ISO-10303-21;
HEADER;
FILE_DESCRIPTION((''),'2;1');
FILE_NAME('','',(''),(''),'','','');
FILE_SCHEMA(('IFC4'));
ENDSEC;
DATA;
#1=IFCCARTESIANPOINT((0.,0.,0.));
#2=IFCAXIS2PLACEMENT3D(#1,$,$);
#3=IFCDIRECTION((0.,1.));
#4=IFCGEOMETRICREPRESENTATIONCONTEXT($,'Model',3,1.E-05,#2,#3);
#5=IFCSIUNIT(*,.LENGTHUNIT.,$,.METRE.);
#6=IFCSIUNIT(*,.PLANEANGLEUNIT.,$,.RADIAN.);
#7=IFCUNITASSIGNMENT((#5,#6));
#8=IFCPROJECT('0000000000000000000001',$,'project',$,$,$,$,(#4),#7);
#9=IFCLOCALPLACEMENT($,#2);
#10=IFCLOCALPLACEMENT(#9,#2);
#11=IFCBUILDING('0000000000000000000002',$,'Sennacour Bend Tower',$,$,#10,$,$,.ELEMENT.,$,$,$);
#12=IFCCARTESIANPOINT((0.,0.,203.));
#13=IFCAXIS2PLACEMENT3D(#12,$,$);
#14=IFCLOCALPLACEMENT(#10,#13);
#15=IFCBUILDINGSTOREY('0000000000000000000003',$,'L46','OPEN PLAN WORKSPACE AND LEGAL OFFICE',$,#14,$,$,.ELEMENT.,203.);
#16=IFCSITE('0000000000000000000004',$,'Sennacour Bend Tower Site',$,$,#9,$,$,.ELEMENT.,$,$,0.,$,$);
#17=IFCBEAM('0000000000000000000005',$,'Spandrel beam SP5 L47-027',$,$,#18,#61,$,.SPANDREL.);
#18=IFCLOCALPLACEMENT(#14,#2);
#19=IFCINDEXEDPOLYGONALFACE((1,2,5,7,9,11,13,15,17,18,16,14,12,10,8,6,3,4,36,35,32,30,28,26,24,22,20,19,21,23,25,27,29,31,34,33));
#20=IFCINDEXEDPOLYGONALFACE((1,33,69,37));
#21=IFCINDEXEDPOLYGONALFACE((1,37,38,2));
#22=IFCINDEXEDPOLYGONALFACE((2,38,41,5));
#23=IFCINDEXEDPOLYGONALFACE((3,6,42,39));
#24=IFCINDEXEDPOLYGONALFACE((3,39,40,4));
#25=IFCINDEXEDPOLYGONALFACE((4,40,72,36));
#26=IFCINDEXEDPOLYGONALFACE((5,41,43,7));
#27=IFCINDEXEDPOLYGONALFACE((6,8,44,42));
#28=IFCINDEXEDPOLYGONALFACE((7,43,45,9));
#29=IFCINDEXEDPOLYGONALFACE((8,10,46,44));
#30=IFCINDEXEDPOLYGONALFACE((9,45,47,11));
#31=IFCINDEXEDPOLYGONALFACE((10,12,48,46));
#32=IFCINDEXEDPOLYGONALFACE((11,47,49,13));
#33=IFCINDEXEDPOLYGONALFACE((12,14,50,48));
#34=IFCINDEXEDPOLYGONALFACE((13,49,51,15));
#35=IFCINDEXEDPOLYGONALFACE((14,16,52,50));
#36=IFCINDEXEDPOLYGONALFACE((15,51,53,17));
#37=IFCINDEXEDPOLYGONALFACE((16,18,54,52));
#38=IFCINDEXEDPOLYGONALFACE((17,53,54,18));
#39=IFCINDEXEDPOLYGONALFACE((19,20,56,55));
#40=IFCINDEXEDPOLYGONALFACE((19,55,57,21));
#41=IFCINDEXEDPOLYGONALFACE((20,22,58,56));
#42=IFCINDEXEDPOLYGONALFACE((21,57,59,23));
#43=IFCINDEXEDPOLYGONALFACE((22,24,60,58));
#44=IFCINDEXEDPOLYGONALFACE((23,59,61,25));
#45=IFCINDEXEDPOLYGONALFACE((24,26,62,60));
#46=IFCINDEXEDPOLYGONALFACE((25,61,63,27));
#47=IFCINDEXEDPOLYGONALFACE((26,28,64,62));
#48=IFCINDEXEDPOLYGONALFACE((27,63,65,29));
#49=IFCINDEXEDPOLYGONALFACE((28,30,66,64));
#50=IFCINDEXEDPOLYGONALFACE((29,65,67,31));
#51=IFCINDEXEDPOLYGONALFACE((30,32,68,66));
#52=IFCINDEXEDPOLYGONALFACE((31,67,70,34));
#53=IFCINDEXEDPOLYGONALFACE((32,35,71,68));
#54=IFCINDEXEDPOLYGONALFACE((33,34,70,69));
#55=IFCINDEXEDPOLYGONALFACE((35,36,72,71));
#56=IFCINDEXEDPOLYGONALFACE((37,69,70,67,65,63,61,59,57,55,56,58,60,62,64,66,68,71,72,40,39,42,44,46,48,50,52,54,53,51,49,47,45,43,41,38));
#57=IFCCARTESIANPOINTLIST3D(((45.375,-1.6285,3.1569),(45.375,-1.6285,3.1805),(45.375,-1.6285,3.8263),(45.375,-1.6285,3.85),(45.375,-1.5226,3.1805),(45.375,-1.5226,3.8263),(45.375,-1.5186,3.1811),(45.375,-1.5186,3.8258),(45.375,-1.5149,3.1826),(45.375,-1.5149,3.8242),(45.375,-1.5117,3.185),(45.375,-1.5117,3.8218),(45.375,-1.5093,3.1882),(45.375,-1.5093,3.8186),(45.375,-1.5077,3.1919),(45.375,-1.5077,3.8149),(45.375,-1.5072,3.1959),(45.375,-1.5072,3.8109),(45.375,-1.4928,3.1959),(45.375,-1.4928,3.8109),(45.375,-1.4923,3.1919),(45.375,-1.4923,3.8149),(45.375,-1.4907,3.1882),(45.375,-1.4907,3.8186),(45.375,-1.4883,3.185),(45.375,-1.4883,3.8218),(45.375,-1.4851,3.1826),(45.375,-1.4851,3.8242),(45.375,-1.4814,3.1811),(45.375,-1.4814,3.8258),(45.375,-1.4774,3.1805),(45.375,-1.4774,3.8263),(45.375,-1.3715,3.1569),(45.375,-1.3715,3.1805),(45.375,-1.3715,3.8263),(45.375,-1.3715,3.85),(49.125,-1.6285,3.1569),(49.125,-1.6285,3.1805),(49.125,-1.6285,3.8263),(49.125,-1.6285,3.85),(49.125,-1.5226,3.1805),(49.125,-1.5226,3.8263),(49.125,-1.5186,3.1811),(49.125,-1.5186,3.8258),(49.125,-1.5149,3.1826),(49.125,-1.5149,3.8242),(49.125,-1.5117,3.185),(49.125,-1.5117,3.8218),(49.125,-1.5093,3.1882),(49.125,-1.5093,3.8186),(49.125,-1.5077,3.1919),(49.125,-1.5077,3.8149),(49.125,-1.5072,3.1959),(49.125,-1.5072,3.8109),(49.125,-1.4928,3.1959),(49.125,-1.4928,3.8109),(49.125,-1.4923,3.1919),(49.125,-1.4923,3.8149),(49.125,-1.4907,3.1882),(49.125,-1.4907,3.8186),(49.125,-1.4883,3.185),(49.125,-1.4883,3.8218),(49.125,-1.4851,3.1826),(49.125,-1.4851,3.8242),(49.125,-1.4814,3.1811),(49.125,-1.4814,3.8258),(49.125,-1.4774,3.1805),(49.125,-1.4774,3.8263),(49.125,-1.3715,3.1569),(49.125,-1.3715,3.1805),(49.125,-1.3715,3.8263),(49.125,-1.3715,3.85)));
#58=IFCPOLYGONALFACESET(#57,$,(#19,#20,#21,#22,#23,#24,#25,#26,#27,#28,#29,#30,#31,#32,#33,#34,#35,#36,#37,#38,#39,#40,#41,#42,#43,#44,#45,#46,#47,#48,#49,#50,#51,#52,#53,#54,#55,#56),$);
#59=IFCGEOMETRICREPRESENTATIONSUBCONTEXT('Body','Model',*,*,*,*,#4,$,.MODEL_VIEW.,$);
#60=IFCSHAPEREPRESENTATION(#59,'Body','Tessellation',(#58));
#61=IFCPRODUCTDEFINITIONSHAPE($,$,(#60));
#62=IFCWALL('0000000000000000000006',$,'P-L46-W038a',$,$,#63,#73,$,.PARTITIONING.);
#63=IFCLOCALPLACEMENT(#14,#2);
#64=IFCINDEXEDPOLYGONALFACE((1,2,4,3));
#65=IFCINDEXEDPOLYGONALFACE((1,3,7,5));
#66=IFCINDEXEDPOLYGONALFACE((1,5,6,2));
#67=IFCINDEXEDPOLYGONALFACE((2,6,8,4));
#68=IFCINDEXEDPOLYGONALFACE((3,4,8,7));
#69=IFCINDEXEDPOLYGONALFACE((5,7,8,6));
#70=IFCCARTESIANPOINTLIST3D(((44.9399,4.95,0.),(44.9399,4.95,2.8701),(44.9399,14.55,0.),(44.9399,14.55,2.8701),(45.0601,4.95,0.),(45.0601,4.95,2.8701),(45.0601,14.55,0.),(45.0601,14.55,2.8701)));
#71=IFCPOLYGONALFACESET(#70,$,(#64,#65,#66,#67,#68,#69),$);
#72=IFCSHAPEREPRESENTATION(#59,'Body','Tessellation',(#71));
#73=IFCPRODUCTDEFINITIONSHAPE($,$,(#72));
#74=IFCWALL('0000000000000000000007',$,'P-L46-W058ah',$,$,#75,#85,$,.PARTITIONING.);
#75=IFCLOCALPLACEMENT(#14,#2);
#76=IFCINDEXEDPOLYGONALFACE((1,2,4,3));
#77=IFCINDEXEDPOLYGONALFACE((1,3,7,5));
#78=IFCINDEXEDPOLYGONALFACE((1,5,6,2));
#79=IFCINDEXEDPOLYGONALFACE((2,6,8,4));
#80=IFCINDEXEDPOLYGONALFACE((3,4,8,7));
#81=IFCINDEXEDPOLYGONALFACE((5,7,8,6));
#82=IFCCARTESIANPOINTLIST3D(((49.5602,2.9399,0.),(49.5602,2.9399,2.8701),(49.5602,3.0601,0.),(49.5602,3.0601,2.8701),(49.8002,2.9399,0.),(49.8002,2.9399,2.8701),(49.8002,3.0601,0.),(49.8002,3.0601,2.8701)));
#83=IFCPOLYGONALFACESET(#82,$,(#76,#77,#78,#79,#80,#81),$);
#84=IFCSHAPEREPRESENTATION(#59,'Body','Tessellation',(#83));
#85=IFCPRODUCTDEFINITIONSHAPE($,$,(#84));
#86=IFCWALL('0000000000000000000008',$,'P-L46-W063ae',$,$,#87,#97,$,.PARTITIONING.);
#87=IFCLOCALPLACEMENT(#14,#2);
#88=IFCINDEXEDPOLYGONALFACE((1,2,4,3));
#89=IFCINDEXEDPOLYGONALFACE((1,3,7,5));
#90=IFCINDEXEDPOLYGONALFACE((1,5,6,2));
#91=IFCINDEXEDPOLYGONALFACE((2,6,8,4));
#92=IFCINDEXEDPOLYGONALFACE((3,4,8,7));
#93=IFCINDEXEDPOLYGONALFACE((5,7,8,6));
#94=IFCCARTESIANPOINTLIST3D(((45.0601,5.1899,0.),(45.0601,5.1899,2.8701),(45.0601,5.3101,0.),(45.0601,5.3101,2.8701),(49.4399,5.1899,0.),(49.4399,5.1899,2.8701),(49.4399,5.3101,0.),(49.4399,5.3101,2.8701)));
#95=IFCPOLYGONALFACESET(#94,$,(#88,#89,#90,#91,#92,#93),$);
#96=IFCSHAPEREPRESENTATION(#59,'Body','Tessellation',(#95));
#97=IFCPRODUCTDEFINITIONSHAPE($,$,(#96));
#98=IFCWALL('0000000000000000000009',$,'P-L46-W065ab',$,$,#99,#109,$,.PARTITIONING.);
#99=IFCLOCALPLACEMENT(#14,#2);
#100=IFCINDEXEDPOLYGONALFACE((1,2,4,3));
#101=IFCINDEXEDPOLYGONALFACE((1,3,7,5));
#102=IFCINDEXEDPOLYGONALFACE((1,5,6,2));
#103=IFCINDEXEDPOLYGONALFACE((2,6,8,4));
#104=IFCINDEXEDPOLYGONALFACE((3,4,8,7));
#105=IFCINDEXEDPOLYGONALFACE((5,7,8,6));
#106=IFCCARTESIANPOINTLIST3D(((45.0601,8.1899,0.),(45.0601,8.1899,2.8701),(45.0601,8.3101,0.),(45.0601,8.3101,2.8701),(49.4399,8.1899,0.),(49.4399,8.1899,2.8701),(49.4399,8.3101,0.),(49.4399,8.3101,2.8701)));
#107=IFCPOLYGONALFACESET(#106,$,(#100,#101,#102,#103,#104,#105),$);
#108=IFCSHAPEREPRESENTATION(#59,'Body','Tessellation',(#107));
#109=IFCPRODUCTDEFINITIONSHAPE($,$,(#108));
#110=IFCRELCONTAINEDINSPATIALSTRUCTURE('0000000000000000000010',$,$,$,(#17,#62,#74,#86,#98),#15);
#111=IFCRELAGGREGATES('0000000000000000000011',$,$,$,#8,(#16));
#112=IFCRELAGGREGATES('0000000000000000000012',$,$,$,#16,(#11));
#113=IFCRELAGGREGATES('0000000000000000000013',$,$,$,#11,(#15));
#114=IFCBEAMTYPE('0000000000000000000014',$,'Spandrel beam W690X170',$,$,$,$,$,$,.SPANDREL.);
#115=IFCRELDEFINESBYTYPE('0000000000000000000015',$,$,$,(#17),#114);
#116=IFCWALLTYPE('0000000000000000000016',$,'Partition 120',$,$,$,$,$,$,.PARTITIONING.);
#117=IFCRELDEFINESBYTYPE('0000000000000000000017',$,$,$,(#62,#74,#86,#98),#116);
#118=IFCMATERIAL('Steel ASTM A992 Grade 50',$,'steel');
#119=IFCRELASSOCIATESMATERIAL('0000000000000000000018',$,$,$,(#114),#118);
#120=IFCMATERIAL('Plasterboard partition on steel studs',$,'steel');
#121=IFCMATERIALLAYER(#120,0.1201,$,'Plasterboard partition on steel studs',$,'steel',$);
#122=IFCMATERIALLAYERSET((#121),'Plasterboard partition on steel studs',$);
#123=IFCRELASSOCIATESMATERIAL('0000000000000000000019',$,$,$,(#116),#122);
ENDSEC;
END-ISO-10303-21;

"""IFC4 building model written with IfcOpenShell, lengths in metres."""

from ifc_helpers import new_model, si_unit, direction, frame, frame_2d, origin, origin_2d, place, context, subcontext, project, spatial, rectangle, i_section, extrude, material, layer, layer_set, material_profile, profile_set, type_object, element, save


model = new_model("IFC4")

# Units and contexts
model_context = context("Model", 3, precision=1e-05, world=origin(), true_north=direction((0.0, 1.0)))
body_context = subcontext(model_context, "Body", "Model", "MODEL_VIEW")
ifc_project = project(units=[si_unit("LENGTHUNIT", "METRE"), si_unit("PLANEANGLEUNIT", "RADIAN")], contexts=[model_context])

# Site, building, storey
site_placement = place(None, origin())
site = spatial("IfcSite", under=ifc_project, at=site_placement, Name="Sennacour Bend Tower Site", CompositionType="ELEMENT", RefElevation=0.0)
building_placement = place(site_placement, origin())
building = spatial("IfcBuilding", under=site, at=building_placement, Name="Sennacour Bend Tower", CompositionType="ELEMENT")
storey_placement = place(building_placement, frame((0.0, 0.0, 203.0)))
storey = spatial("IfcBuildingStorey", under=building, at=storey_placement, Name="L46", Description="OPEN PLAN WORKSPACE AND LEGAL OFFICE", CompositionType="ELEMENT", Elevation=203.0)

# Beam
ifc_material_1 = material(Name="Steel ASTM A992 Grade 50", Category="steel")
ifc_material_profile_1 = material_profile(ifc_material_1, i_section(OverallWidth=0.2571, OverallDepth=0.6931, WebThickness=0.0144, FlangeThickness=0.0237, FilletRadius=0.0154, at=origin_2d()), Name="Steel ASTM A992 Grade 50", Category="steel")
ifc_profile_set_1 = profile_set([ifc_material_profile_1], Name="Steel ASTM A992 Grade 50")
beam_type_1 = type_object("IfcBeamType", Name="Spandrel beam W690X170", PredefinedType="SPANDREL", material=ifc_profile_set_1)
beam_1_placement = place(storey_placement, frame((49.125, -1.5, 3.5034), z_axis=(-1.0, 0.0, 0.0), x_axis=(0.0, -1.0, 0.0)))
element("IfcBeam", 1, at=beam_1_placement, inside=storey, type_object=beam_type_1, Name="Spandrel beam SP5 L47-027", PredefinedType="SPANDREL", context=body_context, shape_type="SweptSolid", body=[
    extrude(i_section(OverallWidth=0.2571, OverallDepth=0.6931, WebThickness=0.0144, FlangeThickness=0.0237, FilletRadius=0.0154, at=origin_2d()), origin(), (0.0, 0.0, 1.0), 3.75),
])

# Walls
ifc_material_2 = material(Name="Plasterboard partition on steel studs", Category="steel")
ifc_layer_1 = layer(ifc_material_2, 0.1201, Name="Plasterboard partition on steel studs", Category="steel")
ifc_layer_set_1 = layer_set([ifc_layer_1], Name="Plasterboard partition on steel studs")
wall_type_1 = type_object("IfcWallType", Name="Partition 120", PredefinedType="PARTITIONING", material=ifc_layer_set_1)
wall_1_placement = place(storey_placement, frame((45.0, 4.95, 0.0), z_axis=(0.0, 0.0, 1.0), x_axis=(0.0, 1.0, 0.0)))
element("IfcWall", 2, at=wall_1_placement, inside=storey, type_object=wall_type_1, Name="P-L46-W038a", PredefinedType="PARTITIONING", context=body_context, shape_type="SweptSolid", body=[
    extrude(rectangle(XDim=9.6001, YDim=0.1201, at=frame_2d((4.8, 0.0))), origin(), (0.0, 0.0, 1.0), 2.8701),
])
wall_2_placement = place(storey_placement, frame((49.5601, 3.0, 0.0), z_axis=(0.0, 0.0, 1.0), x_axis=(1.0, 0.0, 0.0)))
element("IfcWall", 3, at=wall_2_placement, inside=storey, type_object=wall_type_1, Name="P-L46-W058ah", PredefinedType="PARTITIONING", context=body_context, shape_type="SweptSolid", body=[
    extrude(rectangle(XDim=0.24, YDim=0.1201, at=frame_2d((0.1201, 0.0))), origin(), (0.0, 0.0, 1.0), 2.8701),
])
for number, where, z_axis, x_axis, name in (
    (4, (45.0601, 5.25, 0.0), (0.0, 0.0, 1.0), (1.0, 0.0, 0.0), "P-L46-W063ae"),
    (5, (45.0601, 8.25, 0.0), (0.0, 0.0, 1.0), (1.0, 0.0, 0.0), "P-L46-W065ab"),
):
    element("IfcWall", number, at=place(storey_placement, frame(where, z_axis=z_axis, x_axis=x_axis)), inside=storey, type_object=wall_type_1, Name=name, PredefinedType="PARTITIONING", context=body_context, shape_type="SweptSolid", body=[
        extrude(rectangle(XDim=4.3799, YDim=0.1201, at=frame_2d((2.1899, 0.0))), origin(), (0.0, 0.0, 1.0), 2.8701),
    ])

save(model, "model.ifc")
